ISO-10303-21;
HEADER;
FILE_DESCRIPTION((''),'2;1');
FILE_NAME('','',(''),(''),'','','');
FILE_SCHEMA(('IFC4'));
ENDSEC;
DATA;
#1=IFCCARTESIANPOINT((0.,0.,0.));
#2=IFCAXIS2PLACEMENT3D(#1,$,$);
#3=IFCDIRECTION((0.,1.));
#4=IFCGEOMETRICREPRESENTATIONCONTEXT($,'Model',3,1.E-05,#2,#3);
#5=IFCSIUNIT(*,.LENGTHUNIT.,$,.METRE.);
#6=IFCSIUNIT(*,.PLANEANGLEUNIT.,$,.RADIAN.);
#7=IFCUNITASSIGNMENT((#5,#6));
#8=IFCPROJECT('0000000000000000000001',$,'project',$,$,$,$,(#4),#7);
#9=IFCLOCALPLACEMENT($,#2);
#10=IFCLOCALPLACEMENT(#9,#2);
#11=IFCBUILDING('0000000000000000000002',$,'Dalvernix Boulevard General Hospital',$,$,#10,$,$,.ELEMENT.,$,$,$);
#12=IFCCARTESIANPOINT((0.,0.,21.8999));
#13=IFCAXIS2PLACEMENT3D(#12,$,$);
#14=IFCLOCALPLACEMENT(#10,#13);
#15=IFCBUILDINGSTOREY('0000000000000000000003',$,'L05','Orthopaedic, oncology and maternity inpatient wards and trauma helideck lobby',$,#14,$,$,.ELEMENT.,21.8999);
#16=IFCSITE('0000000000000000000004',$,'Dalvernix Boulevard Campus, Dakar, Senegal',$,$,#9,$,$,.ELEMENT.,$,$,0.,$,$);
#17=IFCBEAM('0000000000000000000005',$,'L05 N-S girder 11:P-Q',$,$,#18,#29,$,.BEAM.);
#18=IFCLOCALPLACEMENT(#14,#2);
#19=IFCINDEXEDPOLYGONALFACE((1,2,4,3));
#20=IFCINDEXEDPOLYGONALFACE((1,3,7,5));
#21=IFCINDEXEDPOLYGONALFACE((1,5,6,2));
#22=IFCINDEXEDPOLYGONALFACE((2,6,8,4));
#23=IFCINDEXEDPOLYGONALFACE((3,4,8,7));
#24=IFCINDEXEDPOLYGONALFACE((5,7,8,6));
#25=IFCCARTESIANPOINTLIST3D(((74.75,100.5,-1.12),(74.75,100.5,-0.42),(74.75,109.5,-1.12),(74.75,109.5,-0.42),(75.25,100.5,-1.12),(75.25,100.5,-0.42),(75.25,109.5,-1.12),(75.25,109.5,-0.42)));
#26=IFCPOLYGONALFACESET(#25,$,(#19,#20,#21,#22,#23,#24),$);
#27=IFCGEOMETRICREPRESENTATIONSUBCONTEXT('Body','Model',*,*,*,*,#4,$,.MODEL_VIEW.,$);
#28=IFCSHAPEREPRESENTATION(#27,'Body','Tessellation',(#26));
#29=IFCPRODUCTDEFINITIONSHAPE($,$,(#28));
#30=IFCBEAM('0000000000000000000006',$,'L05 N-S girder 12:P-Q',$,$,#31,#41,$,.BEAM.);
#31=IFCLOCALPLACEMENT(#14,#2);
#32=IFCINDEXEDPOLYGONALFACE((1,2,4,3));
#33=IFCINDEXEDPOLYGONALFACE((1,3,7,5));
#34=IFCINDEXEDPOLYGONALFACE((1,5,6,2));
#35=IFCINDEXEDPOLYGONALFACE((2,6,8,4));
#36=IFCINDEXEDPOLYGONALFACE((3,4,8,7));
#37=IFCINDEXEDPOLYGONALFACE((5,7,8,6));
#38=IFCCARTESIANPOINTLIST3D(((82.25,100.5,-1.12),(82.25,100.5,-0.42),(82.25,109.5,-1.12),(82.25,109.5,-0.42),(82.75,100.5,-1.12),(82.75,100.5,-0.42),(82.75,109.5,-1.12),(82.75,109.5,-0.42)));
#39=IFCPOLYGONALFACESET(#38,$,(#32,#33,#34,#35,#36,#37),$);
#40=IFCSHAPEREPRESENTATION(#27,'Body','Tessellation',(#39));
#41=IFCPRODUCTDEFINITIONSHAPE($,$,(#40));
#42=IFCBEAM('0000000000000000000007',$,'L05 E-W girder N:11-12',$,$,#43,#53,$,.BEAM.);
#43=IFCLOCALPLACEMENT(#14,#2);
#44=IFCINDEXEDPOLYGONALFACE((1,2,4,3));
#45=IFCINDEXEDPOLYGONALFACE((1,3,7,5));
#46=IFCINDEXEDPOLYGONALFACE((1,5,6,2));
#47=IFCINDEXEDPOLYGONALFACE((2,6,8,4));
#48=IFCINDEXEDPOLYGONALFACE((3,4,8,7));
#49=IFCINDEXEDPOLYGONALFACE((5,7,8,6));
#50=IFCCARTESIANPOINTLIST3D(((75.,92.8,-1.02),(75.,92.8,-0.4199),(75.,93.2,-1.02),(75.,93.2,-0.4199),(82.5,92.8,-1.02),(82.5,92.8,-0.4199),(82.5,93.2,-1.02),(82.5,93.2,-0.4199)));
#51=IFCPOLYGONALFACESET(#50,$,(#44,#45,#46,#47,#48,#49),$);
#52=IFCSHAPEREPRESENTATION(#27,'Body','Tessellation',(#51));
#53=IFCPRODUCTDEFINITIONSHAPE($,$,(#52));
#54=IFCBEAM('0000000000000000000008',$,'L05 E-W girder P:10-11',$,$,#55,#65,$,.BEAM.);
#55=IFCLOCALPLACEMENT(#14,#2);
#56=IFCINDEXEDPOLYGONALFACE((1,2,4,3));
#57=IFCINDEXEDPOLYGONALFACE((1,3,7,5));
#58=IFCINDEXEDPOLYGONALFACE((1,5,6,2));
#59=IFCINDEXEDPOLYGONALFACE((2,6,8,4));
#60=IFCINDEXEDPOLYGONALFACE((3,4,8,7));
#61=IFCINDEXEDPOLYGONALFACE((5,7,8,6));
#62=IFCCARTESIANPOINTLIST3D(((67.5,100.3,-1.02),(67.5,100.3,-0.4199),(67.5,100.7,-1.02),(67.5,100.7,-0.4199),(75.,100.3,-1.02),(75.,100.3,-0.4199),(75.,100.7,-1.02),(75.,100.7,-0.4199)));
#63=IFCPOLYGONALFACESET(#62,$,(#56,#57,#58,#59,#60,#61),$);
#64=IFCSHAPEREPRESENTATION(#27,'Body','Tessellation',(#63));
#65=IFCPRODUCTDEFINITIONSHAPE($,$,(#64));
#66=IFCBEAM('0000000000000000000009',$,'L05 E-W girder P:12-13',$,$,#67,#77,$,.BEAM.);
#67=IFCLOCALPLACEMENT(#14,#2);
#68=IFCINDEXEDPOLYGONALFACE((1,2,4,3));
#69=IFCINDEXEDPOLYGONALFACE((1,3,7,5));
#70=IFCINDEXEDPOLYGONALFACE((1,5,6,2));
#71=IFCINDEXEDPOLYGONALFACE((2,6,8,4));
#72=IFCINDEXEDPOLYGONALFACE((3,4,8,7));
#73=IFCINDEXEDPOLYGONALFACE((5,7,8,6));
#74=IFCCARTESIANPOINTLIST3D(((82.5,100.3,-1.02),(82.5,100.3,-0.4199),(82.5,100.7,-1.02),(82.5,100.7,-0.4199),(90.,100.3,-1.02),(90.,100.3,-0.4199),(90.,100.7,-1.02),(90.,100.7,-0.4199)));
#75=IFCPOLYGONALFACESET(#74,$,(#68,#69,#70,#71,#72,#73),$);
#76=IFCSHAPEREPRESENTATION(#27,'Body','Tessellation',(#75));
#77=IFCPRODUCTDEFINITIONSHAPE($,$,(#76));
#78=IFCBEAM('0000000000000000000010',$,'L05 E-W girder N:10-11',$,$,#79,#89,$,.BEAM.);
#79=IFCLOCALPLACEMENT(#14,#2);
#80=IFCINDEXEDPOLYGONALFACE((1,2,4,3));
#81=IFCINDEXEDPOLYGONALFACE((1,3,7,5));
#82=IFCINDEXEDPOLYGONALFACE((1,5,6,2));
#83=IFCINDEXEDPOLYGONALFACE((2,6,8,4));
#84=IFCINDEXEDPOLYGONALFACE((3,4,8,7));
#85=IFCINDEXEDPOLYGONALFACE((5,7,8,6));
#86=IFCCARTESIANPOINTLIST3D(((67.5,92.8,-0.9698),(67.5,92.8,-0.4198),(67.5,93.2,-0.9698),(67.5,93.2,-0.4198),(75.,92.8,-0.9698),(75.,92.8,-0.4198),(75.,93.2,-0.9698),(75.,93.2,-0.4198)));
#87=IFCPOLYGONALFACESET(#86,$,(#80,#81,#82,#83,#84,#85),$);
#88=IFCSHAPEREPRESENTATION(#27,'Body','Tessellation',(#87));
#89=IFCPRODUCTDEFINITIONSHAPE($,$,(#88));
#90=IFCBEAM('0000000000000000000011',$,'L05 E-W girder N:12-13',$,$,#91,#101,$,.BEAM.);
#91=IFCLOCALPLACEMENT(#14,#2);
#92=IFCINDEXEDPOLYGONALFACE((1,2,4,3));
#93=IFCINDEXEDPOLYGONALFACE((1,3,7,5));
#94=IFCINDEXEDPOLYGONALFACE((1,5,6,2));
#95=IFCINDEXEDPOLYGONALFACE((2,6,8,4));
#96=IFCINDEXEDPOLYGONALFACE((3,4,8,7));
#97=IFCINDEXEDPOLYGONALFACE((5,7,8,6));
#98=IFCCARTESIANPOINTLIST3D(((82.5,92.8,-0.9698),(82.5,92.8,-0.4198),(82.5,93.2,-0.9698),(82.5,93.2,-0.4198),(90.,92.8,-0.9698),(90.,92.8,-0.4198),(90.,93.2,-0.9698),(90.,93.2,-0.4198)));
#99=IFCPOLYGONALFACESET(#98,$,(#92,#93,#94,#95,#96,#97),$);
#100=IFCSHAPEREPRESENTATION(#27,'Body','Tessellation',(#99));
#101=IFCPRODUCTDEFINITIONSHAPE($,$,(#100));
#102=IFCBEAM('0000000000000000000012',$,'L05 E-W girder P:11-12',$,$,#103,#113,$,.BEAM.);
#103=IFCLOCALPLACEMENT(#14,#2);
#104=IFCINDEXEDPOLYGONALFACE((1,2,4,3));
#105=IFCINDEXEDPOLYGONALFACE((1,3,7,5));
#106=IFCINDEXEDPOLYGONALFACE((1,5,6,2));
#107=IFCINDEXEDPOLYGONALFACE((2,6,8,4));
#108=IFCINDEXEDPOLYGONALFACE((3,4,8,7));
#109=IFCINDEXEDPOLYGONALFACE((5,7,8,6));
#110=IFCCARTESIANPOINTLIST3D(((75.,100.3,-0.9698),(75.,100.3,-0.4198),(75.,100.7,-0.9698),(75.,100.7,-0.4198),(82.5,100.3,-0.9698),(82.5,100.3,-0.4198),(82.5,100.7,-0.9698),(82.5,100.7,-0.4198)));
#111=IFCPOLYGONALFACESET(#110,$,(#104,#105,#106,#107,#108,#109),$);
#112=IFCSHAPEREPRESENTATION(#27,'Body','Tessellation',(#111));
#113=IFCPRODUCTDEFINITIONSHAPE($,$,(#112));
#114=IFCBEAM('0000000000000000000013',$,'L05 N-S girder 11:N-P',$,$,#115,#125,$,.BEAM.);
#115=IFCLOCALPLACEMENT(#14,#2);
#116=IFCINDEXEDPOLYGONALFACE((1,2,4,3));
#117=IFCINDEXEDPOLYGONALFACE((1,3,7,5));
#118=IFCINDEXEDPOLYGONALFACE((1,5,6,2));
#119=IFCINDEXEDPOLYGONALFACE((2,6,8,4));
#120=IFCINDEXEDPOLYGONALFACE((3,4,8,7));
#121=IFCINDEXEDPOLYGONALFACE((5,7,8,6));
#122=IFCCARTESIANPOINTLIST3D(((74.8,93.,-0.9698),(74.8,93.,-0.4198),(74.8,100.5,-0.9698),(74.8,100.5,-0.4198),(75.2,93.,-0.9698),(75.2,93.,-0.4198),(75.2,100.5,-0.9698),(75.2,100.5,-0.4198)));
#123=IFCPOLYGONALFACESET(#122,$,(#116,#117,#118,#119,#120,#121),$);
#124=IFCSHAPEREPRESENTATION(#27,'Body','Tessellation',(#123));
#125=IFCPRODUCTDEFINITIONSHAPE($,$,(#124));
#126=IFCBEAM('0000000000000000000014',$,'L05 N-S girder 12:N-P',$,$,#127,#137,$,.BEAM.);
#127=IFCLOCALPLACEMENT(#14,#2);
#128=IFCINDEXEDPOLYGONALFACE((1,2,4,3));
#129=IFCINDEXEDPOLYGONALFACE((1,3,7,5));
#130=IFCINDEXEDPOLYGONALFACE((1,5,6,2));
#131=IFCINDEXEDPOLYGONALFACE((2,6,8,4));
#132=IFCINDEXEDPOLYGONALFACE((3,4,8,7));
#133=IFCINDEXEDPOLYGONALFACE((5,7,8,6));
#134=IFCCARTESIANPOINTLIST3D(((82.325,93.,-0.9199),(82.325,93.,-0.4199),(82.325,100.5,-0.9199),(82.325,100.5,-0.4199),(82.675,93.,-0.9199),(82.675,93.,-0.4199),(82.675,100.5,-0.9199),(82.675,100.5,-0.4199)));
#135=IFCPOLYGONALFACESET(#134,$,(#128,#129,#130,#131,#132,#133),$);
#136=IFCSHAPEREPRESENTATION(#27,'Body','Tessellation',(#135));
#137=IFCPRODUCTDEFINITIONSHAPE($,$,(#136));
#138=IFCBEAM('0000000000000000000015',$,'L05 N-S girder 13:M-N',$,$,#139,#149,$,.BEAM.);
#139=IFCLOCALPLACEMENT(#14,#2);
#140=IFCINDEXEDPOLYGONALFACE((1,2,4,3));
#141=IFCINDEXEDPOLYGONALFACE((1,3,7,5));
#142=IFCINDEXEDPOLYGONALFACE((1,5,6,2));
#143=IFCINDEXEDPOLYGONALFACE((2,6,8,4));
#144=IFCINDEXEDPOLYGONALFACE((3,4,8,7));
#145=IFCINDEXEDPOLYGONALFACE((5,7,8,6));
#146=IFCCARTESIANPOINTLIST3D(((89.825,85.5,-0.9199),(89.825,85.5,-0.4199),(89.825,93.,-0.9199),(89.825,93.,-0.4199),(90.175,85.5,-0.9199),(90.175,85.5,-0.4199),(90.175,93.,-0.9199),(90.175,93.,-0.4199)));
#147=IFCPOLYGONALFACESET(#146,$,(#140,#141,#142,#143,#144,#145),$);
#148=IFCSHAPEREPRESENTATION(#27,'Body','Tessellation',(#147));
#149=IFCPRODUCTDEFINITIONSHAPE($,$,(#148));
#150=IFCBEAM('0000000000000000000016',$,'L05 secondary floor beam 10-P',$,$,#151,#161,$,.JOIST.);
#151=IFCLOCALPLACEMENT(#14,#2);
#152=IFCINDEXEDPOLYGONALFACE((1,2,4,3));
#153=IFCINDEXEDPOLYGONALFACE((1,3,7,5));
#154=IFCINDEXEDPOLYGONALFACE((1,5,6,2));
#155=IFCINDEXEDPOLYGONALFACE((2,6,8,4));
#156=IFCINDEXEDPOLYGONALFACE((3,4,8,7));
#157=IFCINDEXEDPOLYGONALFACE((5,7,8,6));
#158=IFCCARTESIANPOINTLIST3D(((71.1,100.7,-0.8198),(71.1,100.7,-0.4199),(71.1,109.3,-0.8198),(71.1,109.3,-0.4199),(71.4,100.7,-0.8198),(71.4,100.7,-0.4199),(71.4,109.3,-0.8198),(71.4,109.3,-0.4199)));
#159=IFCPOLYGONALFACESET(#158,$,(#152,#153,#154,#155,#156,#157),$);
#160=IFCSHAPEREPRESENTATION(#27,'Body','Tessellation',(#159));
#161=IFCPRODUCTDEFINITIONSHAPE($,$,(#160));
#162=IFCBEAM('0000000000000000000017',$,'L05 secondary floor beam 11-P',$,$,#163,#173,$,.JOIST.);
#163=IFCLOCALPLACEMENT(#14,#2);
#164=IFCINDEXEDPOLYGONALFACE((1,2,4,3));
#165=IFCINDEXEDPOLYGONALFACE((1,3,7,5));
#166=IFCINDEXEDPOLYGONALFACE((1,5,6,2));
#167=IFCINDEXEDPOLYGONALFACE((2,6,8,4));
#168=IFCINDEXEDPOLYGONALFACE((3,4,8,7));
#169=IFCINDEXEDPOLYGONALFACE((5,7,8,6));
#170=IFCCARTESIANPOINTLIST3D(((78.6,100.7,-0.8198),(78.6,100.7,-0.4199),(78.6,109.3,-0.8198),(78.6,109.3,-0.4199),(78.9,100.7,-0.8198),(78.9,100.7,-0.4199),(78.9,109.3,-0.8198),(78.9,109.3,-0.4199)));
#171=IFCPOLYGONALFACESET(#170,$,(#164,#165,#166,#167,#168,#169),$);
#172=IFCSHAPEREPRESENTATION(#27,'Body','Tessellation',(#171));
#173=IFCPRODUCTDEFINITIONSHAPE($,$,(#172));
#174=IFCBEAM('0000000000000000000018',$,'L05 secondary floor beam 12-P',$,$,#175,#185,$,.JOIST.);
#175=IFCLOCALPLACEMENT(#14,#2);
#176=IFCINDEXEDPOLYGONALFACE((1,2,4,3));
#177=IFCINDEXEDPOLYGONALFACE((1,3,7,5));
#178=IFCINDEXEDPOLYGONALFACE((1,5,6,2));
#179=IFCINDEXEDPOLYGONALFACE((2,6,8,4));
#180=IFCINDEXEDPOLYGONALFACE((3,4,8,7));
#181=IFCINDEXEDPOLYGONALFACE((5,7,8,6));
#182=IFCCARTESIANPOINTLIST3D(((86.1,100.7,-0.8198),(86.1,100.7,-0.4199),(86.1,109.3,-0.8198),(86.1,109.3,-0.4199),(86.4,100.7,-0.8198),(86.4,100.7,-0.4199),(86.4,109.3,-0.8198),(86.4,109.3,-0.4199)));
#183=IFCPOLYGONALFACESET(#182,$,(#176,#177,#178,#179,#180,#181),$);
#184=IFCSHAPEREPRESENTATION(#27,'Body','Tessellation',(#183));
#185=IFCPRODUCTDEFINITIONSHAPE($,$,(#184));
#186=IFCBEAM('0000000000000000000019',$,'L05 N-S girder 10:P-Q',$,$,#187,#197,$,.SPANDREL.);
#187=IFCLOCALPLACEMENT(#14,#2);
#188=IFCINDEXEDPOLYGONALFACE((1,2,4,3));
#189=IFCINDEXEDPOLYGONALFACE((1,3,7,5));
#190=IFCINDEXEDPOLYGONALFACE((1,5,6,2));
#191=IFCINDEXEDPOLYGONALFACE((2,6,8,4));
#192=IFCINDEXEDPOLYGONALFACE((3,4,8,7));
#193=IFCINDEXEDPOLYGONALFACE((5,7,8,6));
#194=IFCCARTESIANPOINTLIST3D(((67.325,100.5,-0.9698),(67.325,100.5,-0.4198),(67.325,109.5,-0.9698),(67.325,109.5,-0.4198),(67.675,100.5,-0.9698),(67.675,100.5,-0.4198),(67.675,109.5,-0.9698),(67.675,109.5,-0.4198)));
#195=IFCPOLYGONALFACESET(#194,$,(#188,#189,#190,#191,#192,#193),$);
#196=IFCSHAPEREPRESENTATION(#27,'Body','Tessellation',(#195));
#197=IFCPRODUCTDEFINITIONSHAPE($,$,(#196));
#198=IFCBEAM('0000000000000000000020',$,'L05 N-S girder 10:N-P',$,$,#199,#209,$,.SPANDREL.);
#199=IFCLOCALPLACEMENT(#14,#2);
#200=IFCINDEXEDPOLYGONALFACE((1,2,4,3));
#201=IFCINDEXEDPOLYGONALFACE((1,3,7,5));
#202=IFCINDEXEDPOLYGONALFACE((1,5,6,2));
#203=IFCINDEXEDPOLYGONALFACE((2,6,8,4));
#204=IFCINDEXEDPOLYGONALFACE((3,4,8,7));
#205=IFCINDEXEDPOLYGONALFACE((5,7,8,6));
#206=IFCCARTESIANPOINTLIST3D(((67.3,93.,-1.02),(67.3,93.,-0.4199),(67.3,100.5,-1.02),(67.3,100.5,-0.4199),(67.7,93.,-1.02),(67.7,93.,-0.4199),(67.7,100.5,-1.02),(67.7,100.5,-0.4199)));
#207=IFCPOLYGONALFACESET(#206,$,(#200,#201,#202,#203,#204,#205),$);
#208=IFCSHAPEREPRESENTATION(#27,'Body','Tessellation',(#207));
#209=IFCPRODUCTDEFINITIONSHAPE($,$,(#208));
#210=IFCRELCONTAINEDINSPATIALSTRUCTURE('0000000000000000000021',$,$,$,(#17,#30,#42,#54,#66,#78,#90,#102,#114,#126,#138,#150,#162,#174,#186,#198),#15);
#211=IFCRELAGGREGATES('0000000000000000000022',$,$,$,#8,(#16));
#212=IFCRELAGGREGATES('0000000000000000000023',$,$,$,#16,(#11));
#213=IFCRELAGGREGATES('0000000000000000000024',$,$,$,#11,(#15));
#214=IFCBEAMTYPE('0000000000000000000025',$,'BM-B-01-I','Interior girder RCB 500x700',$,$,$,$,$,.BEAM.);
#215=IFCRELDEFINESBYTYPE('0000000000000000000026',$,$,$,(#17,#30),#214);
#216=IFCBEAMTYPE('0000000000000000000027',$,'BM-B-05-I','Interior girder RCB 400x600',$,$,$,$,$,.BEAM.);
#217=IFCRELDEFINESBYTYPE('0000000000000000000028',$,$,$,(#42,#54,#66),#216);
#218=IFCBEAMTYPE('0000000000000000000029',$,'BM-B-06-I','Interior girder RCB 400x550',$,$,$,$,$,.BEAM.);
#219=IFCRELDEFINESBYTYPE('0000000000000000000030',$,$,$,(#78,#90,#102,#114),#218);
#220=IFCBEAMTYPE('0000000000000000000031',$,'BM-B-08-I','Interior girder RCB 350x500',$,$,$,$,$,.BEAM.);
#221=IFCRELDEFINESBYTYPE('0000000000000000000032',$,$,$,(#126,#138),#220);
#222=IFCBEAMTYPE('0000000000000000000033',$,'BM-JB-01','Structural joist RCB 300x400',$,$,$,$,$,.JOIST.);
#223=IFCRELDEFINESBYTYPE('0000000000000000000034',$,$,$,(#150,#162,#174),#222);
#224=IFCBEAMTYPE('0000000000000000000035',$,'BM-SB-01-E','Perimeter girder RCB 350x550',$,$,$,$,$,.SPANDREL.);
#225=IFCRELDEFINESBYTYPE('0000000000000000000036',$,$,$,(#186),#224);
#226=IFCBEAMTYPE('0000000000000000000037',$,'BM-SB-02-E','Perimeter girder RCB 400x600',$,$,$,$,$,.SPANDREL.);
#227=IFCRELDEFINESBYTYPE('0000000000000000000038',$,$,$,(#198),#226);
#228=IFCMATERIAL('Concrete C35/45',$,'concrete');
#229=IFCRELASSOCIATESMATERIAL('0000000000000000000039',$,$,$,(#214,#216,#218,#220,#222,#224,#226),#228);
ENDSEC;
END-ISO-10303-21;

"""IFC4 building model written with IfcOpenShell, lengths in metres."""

from ifc_helpers import new_model, si_unit, direction, frame, origin, origin_2d, place, context, subcontext, project, spatial, rectangle, extrude, material, material_profile, profile_set, type_object, element, save


model = new_model("IFC4")

# Units and contexts
model_context = context("Model", 3, precision=1e-05, world=origin(), true_north=direction((0.0, 1.0)))
body_context = subcontext(model_context, "Body", "Model", "MODEL_VIEW")
ifc_project = project(units=[si_unit("LENGTHUNIT", "METRE"), si_unit("PLANEANGLEUNIT", "RADIAN")], contexts=[model_context])

# Site, building, storey
site_placement = place(None, origin())
site = spatial("IfcSite", under=ifc_project, at=site_placement, Name="Dalvernix Boulevard Campus, Dakar, Senegal", CompositionType="ELEMENT", RefElevation=0.0)
building_placement = place(site_placement, origin())
building = spatial("IfcBuilding", under=site, at=building_placement, Name="Dalvernix Boulevard General Hospital", CompositionType="ELEMENT")
storey_placement = place(building_placement, frame((0.0, 0.0, 21.8999)))
storey = spatial("IfcBuildingStorey", under=building, at=storey_placement, Name="L05", Description="Orthopaedic, oncology and maternity inpatient wards and trauma helideck lobby", CompositionType="ELEMENT", Elevation=21.8999)

# Beams
ifc_material_1 = material(Name="Concrete C35/45", Category="concrete")
ifc_material_profile_1 = material_profile(ifc_material_1, rectangle(XDim=0.5, YDim=0.7, at=origin_2d()), Name="RCB 500x700")
ifc_profile_set_1 = profile_set([ifc_material_profile_1], Name="Concrete C35/45")
beam_type_1 = type_object("IfcBeamType", Name="BM-B-01-I", Description="Interior girder RCB 500x700", PredefinedType="BEAM", material=ifc_profile_set_1)
for number, where, z_axis, x_axis, name in (
    (1, (75.0, 100.5, -0.77), (0.0, 1.0, 0.0), (-1.0, 0.0, 0.0), "L05 N-S girder 11:P-Q"),
    (2, (82.5, 100.5, -0.77), (0.0, 1.0, 0.0), (-1.0, 0.0, 0.0), "L05 N-S girder 12:P-Q"),
):
    element("IfcBeam", number, at=place(storey_placement, frame(where, z_axis=z_axis, x_axis=x_axis)), inside=storey, type_object=beam_type_1, Name=name, PredefinedType="BEAM", context=body_context, shape_type="SweptSolid", body=[
        extrude(rectangle(XDim=0.5, YDim=0.7, at=origin_2d()), origin(), (0.0, 0.0, 1.0), 9.0),
    ])
ifc_material_profile_2 = material_profile(ifc_material_1, rectangle(XDim=0.3999, YDim=0.6001, at=origin_2d()), Name="RCB 400x600")
ifc_profile_set_2 = profile_set([ifc_material_profile_2], Name="Concrete C35/45")
beam_type_2 = type_object("IfcBeamType", Name="BM-B-05-I", Description="Interior girder RCB 400x600", PredefinedType="BEAM", material=ifc_profile_set_2)
for number, where, z_axis, x_axis, name in (
    (3, (75.0, 93.0, -0.72), (1.0, 0.0, 0.0), (0.0, 1.0, 0.0), "L05 E-W girder N:11-12"),
    (4, (67.5, 100.5, -0.72), (1.0, 0.0, 0.0), (0.0, 1.0, 0.0), "L05 E-W girder P:10-11"),
    (5, (82.5, 100.5, -0.72), (1.0, 0.0, 0.0), (0.0, 1.0, 0.0), "L05 E-W girder P:12-13"),
):
    element("IfcBeam", number, at=place(storey_placement, frame(where, z_axis=z_axis, x_axis=x_axis)), inside=storey, type_object=beam_type_2, Name=name, PredefinedType="BEAM", context=body_context, shape_type="SweptSolid", body=[
        extrude(rectangle(XDim=0.3999, YDim=0.6001, at=origin_2d()), origin(), (0.0, 0.0, 1.0), 7.5),
    ])
ifc_material_profile_3 = material_profile(ifc_material_1, rectangle(XDim=0.3999, YDim=0.55, at=origin_2d()), Name="RCB 400x550")
ifc_profile_set_3 = profile_set([ifc_material_profile_3], Name="Concrete C35/45")
beam_type_3 = type_object("IfcBeamType", Name="BM-B-06-I", Description="Interior girder RCB 400x550", PredefinedType="BEAM", material=ifc_profile_set_3)
for number, where, z_axis, x_axis, name in (
    (6, (67.5, 93.0, -0.6948), (1.0, 0.0, 0.0), (0.0, 1.0, 0.0), "L05 E-W girder N:10-11"),
    (7, (82.5, 93.0, -0.6948), (1.0, 0.0, 0.0), (0.0, 1.0, 0.0), "L05 E-W girder N:12-13"),
    (8, (75.0, 100.5, -0.6948), (1.0, 0.0, 0.0), (0.0, 1.0, 0.0), "L05 E-W girder P:11-12"),
    (9, (75.0, 93.0, -0.6948), (0.0, 1.0, 0.0), (-1.0, 0.0, 0.0), "L05 N-S girder 11:N-P"),
):
    element("IfcBeam", number, at=place(storey_placement, frame(where, z_axis=z_axis, x_axis=x_axis)), inside=storey, type_object=beam_type_3, Name=name, PredefinedType="BEAM", context=body_context, shape_type="SweptSolid", body=[
        extrude(rectangle(XDim=0.3999, YDim=0.55, at=origin_2d()), origin(), (0.0, 0.0, 1.0), 7.5),
    ])
ifc_material_profile_4 = material_profile(ifc_material_1, rectangle(XDim=0.3501, YDim=0.5, at=origin_2d()), Name="RCB 350x500")
ifc_profile_set_4 = profile_set([ifc_material_profile_4], Name="Concrete C35/45")
beam_type_4 = type_object("IfcBeamType", Name="BM-B-08-I", Description="Interior girder RCB 350x500", PredefinedType="BEAM", material=ifc_profile_set_4)
for number, where, z_axis, x_axis, name in (
    (10, (82.5, 93.0, -0.6699), (0.0, 1.0, 0.0), (-1.0, 0.0, 0.0), "L05 N-S girder 12:N-P"),
    (11, (90.0, 85.5, -0.6699), (0.0, 1.0, 0.0), (-1.0, 0.0, 0.0), "L05 N-S girder 13:M-N"),
):
    element("IfcBeam", number, at=place(storey_placement, frame(where, z_axis=z_axis, x_axis=x_axis)), inside=storey, type_object=beam_type_4, Name=name, PredefinedType="BEAM", context=body_context, shape_type="SweptSolid", body=[
        extrude(rectangle(XDim=0.3501, YDim=0.5, at=origin_2d()), origin(), (0.0, 0.0, 1.0), 7.5),
    ])
ifc_material_profile_5 = material_profile(ifc_material_1, rectangle(XDim=0.3, YDim=0.3999, at=origin_2d()), Name="RCB 300x400")
ifc_profile_set_5 = profile_set([ifc_material_profile_5], Name="Concrete C35/45")
beam_type_5 = type_object("IfcBeamType", Name="BM-JB-01", Description="Structural joist RCB 300x400", PredefinedType="JOIST", material=ifc_profile_set_5)
for number, where, z_axis, x_axis, name in (
    (12, (71.25, 100.7, -0.6199), (0.0, 1.0, 0.0), (-1.0, 0.0, 0.0), "L05 secondary floor beam 10-P"),
    (13, (78.75, 100.7, -0.6199), (0.0, 1.0, 0.0), (-1.0, 0.0, 0.0), "L05 secondary floor beam 11-P"),
    (14, (86.25, 100.7, -0.6199), (0.0, 1.0, 0.0), (-1.0, 0.0, 0.0), "L05 secondary floor beam 12-P"),
):
    element("IfcBeam", number, at=place(storey_placement, frame(where, z_axis=z_axis, x_axis=x_axis)), inside=storey, type_object=beam_type_5, Name=name, PredefinedType="JOIST", context=body_context, shape_type="SweptSolid", body=[
        extrude(rectangle(XDim=0.3, YDim=0.3999, at=origin_2d()), origin(), (0.0, 0.0, 1.0), 8.6001),
    ])
ifc_material_profile_6 = material_profile(ifc_material_1, rectangle(XDim=0.3501, YDim=0.55, at=origin_2d()), Name="RCB 350x550")
ifc_profile_set_6 = profile_set([ifc_material_profile_6], Name="Concrete C35/45")
beam_type_6 = type_object("IfcBeamType", Name="BM-SB-01-E", Description="Perimeter girder RCB 350x550", PredefinedType="SPANDREL", material=ifc_profile_set_6)
beam_1_placement = place(storey_placement, frame((67.5, 100.5, -0.6948), z_axis=(0.0, 1.0, 0.0), x_axis=(-1.0, 0.0, 0.0)))
element("IfcBeam", 15, at=beam_1_placement, inside=storey, type_object=beam_type_6, Name="L05 N-S girder 10:P-Q", PredefinedType="SPANDREL", context=body_context, shape_type="SweptSolid", body=[
    extrude(rectangle(XDim=0.3501, YDim=0.55, at=origin_2d()), origin(), (0.0, 0.0, 1.0), 9.0),
])
ifc_material_profile_7 = material_profile(ifc_material_1, rectangle(XDim=0.3999, YDim=0.6001, at=origin_2d()), Name="RCB 400x600")
ifc_profile_set_7 = profile_set([ifc_material_profile_7], Name="Concrete C35/45")
beam_type_7 = type_object("IfcBeamType", Name="BM-SB-02-E", Description="Perimeter girder RCB 400x600", PredefinedType="SPANDREL", material=ifc_profile_set_7)
beam_2_placement = place(storey_placement, frame((67.5, 93.0, -0.72), z_axis=(0.0, 1.0, 0.0), x_axis=(-1.0, 0.0, 0.0)))
element("IfcBeam", 16, at=beam_2_placement, inside=storey, type_object=beam_type_7, Name="L05 N-S girder 10:N-P", PredefinedType="SPANDREL", context=body_context, shape_type="SweptSolid", body=[
    extrude(rectangle(XDim=0.3999, YDim=0.6001, at=origin_2d()), origin(), (0.0, 0.0, 1.0), 7.5),
])

save(model, "model.ifc")
